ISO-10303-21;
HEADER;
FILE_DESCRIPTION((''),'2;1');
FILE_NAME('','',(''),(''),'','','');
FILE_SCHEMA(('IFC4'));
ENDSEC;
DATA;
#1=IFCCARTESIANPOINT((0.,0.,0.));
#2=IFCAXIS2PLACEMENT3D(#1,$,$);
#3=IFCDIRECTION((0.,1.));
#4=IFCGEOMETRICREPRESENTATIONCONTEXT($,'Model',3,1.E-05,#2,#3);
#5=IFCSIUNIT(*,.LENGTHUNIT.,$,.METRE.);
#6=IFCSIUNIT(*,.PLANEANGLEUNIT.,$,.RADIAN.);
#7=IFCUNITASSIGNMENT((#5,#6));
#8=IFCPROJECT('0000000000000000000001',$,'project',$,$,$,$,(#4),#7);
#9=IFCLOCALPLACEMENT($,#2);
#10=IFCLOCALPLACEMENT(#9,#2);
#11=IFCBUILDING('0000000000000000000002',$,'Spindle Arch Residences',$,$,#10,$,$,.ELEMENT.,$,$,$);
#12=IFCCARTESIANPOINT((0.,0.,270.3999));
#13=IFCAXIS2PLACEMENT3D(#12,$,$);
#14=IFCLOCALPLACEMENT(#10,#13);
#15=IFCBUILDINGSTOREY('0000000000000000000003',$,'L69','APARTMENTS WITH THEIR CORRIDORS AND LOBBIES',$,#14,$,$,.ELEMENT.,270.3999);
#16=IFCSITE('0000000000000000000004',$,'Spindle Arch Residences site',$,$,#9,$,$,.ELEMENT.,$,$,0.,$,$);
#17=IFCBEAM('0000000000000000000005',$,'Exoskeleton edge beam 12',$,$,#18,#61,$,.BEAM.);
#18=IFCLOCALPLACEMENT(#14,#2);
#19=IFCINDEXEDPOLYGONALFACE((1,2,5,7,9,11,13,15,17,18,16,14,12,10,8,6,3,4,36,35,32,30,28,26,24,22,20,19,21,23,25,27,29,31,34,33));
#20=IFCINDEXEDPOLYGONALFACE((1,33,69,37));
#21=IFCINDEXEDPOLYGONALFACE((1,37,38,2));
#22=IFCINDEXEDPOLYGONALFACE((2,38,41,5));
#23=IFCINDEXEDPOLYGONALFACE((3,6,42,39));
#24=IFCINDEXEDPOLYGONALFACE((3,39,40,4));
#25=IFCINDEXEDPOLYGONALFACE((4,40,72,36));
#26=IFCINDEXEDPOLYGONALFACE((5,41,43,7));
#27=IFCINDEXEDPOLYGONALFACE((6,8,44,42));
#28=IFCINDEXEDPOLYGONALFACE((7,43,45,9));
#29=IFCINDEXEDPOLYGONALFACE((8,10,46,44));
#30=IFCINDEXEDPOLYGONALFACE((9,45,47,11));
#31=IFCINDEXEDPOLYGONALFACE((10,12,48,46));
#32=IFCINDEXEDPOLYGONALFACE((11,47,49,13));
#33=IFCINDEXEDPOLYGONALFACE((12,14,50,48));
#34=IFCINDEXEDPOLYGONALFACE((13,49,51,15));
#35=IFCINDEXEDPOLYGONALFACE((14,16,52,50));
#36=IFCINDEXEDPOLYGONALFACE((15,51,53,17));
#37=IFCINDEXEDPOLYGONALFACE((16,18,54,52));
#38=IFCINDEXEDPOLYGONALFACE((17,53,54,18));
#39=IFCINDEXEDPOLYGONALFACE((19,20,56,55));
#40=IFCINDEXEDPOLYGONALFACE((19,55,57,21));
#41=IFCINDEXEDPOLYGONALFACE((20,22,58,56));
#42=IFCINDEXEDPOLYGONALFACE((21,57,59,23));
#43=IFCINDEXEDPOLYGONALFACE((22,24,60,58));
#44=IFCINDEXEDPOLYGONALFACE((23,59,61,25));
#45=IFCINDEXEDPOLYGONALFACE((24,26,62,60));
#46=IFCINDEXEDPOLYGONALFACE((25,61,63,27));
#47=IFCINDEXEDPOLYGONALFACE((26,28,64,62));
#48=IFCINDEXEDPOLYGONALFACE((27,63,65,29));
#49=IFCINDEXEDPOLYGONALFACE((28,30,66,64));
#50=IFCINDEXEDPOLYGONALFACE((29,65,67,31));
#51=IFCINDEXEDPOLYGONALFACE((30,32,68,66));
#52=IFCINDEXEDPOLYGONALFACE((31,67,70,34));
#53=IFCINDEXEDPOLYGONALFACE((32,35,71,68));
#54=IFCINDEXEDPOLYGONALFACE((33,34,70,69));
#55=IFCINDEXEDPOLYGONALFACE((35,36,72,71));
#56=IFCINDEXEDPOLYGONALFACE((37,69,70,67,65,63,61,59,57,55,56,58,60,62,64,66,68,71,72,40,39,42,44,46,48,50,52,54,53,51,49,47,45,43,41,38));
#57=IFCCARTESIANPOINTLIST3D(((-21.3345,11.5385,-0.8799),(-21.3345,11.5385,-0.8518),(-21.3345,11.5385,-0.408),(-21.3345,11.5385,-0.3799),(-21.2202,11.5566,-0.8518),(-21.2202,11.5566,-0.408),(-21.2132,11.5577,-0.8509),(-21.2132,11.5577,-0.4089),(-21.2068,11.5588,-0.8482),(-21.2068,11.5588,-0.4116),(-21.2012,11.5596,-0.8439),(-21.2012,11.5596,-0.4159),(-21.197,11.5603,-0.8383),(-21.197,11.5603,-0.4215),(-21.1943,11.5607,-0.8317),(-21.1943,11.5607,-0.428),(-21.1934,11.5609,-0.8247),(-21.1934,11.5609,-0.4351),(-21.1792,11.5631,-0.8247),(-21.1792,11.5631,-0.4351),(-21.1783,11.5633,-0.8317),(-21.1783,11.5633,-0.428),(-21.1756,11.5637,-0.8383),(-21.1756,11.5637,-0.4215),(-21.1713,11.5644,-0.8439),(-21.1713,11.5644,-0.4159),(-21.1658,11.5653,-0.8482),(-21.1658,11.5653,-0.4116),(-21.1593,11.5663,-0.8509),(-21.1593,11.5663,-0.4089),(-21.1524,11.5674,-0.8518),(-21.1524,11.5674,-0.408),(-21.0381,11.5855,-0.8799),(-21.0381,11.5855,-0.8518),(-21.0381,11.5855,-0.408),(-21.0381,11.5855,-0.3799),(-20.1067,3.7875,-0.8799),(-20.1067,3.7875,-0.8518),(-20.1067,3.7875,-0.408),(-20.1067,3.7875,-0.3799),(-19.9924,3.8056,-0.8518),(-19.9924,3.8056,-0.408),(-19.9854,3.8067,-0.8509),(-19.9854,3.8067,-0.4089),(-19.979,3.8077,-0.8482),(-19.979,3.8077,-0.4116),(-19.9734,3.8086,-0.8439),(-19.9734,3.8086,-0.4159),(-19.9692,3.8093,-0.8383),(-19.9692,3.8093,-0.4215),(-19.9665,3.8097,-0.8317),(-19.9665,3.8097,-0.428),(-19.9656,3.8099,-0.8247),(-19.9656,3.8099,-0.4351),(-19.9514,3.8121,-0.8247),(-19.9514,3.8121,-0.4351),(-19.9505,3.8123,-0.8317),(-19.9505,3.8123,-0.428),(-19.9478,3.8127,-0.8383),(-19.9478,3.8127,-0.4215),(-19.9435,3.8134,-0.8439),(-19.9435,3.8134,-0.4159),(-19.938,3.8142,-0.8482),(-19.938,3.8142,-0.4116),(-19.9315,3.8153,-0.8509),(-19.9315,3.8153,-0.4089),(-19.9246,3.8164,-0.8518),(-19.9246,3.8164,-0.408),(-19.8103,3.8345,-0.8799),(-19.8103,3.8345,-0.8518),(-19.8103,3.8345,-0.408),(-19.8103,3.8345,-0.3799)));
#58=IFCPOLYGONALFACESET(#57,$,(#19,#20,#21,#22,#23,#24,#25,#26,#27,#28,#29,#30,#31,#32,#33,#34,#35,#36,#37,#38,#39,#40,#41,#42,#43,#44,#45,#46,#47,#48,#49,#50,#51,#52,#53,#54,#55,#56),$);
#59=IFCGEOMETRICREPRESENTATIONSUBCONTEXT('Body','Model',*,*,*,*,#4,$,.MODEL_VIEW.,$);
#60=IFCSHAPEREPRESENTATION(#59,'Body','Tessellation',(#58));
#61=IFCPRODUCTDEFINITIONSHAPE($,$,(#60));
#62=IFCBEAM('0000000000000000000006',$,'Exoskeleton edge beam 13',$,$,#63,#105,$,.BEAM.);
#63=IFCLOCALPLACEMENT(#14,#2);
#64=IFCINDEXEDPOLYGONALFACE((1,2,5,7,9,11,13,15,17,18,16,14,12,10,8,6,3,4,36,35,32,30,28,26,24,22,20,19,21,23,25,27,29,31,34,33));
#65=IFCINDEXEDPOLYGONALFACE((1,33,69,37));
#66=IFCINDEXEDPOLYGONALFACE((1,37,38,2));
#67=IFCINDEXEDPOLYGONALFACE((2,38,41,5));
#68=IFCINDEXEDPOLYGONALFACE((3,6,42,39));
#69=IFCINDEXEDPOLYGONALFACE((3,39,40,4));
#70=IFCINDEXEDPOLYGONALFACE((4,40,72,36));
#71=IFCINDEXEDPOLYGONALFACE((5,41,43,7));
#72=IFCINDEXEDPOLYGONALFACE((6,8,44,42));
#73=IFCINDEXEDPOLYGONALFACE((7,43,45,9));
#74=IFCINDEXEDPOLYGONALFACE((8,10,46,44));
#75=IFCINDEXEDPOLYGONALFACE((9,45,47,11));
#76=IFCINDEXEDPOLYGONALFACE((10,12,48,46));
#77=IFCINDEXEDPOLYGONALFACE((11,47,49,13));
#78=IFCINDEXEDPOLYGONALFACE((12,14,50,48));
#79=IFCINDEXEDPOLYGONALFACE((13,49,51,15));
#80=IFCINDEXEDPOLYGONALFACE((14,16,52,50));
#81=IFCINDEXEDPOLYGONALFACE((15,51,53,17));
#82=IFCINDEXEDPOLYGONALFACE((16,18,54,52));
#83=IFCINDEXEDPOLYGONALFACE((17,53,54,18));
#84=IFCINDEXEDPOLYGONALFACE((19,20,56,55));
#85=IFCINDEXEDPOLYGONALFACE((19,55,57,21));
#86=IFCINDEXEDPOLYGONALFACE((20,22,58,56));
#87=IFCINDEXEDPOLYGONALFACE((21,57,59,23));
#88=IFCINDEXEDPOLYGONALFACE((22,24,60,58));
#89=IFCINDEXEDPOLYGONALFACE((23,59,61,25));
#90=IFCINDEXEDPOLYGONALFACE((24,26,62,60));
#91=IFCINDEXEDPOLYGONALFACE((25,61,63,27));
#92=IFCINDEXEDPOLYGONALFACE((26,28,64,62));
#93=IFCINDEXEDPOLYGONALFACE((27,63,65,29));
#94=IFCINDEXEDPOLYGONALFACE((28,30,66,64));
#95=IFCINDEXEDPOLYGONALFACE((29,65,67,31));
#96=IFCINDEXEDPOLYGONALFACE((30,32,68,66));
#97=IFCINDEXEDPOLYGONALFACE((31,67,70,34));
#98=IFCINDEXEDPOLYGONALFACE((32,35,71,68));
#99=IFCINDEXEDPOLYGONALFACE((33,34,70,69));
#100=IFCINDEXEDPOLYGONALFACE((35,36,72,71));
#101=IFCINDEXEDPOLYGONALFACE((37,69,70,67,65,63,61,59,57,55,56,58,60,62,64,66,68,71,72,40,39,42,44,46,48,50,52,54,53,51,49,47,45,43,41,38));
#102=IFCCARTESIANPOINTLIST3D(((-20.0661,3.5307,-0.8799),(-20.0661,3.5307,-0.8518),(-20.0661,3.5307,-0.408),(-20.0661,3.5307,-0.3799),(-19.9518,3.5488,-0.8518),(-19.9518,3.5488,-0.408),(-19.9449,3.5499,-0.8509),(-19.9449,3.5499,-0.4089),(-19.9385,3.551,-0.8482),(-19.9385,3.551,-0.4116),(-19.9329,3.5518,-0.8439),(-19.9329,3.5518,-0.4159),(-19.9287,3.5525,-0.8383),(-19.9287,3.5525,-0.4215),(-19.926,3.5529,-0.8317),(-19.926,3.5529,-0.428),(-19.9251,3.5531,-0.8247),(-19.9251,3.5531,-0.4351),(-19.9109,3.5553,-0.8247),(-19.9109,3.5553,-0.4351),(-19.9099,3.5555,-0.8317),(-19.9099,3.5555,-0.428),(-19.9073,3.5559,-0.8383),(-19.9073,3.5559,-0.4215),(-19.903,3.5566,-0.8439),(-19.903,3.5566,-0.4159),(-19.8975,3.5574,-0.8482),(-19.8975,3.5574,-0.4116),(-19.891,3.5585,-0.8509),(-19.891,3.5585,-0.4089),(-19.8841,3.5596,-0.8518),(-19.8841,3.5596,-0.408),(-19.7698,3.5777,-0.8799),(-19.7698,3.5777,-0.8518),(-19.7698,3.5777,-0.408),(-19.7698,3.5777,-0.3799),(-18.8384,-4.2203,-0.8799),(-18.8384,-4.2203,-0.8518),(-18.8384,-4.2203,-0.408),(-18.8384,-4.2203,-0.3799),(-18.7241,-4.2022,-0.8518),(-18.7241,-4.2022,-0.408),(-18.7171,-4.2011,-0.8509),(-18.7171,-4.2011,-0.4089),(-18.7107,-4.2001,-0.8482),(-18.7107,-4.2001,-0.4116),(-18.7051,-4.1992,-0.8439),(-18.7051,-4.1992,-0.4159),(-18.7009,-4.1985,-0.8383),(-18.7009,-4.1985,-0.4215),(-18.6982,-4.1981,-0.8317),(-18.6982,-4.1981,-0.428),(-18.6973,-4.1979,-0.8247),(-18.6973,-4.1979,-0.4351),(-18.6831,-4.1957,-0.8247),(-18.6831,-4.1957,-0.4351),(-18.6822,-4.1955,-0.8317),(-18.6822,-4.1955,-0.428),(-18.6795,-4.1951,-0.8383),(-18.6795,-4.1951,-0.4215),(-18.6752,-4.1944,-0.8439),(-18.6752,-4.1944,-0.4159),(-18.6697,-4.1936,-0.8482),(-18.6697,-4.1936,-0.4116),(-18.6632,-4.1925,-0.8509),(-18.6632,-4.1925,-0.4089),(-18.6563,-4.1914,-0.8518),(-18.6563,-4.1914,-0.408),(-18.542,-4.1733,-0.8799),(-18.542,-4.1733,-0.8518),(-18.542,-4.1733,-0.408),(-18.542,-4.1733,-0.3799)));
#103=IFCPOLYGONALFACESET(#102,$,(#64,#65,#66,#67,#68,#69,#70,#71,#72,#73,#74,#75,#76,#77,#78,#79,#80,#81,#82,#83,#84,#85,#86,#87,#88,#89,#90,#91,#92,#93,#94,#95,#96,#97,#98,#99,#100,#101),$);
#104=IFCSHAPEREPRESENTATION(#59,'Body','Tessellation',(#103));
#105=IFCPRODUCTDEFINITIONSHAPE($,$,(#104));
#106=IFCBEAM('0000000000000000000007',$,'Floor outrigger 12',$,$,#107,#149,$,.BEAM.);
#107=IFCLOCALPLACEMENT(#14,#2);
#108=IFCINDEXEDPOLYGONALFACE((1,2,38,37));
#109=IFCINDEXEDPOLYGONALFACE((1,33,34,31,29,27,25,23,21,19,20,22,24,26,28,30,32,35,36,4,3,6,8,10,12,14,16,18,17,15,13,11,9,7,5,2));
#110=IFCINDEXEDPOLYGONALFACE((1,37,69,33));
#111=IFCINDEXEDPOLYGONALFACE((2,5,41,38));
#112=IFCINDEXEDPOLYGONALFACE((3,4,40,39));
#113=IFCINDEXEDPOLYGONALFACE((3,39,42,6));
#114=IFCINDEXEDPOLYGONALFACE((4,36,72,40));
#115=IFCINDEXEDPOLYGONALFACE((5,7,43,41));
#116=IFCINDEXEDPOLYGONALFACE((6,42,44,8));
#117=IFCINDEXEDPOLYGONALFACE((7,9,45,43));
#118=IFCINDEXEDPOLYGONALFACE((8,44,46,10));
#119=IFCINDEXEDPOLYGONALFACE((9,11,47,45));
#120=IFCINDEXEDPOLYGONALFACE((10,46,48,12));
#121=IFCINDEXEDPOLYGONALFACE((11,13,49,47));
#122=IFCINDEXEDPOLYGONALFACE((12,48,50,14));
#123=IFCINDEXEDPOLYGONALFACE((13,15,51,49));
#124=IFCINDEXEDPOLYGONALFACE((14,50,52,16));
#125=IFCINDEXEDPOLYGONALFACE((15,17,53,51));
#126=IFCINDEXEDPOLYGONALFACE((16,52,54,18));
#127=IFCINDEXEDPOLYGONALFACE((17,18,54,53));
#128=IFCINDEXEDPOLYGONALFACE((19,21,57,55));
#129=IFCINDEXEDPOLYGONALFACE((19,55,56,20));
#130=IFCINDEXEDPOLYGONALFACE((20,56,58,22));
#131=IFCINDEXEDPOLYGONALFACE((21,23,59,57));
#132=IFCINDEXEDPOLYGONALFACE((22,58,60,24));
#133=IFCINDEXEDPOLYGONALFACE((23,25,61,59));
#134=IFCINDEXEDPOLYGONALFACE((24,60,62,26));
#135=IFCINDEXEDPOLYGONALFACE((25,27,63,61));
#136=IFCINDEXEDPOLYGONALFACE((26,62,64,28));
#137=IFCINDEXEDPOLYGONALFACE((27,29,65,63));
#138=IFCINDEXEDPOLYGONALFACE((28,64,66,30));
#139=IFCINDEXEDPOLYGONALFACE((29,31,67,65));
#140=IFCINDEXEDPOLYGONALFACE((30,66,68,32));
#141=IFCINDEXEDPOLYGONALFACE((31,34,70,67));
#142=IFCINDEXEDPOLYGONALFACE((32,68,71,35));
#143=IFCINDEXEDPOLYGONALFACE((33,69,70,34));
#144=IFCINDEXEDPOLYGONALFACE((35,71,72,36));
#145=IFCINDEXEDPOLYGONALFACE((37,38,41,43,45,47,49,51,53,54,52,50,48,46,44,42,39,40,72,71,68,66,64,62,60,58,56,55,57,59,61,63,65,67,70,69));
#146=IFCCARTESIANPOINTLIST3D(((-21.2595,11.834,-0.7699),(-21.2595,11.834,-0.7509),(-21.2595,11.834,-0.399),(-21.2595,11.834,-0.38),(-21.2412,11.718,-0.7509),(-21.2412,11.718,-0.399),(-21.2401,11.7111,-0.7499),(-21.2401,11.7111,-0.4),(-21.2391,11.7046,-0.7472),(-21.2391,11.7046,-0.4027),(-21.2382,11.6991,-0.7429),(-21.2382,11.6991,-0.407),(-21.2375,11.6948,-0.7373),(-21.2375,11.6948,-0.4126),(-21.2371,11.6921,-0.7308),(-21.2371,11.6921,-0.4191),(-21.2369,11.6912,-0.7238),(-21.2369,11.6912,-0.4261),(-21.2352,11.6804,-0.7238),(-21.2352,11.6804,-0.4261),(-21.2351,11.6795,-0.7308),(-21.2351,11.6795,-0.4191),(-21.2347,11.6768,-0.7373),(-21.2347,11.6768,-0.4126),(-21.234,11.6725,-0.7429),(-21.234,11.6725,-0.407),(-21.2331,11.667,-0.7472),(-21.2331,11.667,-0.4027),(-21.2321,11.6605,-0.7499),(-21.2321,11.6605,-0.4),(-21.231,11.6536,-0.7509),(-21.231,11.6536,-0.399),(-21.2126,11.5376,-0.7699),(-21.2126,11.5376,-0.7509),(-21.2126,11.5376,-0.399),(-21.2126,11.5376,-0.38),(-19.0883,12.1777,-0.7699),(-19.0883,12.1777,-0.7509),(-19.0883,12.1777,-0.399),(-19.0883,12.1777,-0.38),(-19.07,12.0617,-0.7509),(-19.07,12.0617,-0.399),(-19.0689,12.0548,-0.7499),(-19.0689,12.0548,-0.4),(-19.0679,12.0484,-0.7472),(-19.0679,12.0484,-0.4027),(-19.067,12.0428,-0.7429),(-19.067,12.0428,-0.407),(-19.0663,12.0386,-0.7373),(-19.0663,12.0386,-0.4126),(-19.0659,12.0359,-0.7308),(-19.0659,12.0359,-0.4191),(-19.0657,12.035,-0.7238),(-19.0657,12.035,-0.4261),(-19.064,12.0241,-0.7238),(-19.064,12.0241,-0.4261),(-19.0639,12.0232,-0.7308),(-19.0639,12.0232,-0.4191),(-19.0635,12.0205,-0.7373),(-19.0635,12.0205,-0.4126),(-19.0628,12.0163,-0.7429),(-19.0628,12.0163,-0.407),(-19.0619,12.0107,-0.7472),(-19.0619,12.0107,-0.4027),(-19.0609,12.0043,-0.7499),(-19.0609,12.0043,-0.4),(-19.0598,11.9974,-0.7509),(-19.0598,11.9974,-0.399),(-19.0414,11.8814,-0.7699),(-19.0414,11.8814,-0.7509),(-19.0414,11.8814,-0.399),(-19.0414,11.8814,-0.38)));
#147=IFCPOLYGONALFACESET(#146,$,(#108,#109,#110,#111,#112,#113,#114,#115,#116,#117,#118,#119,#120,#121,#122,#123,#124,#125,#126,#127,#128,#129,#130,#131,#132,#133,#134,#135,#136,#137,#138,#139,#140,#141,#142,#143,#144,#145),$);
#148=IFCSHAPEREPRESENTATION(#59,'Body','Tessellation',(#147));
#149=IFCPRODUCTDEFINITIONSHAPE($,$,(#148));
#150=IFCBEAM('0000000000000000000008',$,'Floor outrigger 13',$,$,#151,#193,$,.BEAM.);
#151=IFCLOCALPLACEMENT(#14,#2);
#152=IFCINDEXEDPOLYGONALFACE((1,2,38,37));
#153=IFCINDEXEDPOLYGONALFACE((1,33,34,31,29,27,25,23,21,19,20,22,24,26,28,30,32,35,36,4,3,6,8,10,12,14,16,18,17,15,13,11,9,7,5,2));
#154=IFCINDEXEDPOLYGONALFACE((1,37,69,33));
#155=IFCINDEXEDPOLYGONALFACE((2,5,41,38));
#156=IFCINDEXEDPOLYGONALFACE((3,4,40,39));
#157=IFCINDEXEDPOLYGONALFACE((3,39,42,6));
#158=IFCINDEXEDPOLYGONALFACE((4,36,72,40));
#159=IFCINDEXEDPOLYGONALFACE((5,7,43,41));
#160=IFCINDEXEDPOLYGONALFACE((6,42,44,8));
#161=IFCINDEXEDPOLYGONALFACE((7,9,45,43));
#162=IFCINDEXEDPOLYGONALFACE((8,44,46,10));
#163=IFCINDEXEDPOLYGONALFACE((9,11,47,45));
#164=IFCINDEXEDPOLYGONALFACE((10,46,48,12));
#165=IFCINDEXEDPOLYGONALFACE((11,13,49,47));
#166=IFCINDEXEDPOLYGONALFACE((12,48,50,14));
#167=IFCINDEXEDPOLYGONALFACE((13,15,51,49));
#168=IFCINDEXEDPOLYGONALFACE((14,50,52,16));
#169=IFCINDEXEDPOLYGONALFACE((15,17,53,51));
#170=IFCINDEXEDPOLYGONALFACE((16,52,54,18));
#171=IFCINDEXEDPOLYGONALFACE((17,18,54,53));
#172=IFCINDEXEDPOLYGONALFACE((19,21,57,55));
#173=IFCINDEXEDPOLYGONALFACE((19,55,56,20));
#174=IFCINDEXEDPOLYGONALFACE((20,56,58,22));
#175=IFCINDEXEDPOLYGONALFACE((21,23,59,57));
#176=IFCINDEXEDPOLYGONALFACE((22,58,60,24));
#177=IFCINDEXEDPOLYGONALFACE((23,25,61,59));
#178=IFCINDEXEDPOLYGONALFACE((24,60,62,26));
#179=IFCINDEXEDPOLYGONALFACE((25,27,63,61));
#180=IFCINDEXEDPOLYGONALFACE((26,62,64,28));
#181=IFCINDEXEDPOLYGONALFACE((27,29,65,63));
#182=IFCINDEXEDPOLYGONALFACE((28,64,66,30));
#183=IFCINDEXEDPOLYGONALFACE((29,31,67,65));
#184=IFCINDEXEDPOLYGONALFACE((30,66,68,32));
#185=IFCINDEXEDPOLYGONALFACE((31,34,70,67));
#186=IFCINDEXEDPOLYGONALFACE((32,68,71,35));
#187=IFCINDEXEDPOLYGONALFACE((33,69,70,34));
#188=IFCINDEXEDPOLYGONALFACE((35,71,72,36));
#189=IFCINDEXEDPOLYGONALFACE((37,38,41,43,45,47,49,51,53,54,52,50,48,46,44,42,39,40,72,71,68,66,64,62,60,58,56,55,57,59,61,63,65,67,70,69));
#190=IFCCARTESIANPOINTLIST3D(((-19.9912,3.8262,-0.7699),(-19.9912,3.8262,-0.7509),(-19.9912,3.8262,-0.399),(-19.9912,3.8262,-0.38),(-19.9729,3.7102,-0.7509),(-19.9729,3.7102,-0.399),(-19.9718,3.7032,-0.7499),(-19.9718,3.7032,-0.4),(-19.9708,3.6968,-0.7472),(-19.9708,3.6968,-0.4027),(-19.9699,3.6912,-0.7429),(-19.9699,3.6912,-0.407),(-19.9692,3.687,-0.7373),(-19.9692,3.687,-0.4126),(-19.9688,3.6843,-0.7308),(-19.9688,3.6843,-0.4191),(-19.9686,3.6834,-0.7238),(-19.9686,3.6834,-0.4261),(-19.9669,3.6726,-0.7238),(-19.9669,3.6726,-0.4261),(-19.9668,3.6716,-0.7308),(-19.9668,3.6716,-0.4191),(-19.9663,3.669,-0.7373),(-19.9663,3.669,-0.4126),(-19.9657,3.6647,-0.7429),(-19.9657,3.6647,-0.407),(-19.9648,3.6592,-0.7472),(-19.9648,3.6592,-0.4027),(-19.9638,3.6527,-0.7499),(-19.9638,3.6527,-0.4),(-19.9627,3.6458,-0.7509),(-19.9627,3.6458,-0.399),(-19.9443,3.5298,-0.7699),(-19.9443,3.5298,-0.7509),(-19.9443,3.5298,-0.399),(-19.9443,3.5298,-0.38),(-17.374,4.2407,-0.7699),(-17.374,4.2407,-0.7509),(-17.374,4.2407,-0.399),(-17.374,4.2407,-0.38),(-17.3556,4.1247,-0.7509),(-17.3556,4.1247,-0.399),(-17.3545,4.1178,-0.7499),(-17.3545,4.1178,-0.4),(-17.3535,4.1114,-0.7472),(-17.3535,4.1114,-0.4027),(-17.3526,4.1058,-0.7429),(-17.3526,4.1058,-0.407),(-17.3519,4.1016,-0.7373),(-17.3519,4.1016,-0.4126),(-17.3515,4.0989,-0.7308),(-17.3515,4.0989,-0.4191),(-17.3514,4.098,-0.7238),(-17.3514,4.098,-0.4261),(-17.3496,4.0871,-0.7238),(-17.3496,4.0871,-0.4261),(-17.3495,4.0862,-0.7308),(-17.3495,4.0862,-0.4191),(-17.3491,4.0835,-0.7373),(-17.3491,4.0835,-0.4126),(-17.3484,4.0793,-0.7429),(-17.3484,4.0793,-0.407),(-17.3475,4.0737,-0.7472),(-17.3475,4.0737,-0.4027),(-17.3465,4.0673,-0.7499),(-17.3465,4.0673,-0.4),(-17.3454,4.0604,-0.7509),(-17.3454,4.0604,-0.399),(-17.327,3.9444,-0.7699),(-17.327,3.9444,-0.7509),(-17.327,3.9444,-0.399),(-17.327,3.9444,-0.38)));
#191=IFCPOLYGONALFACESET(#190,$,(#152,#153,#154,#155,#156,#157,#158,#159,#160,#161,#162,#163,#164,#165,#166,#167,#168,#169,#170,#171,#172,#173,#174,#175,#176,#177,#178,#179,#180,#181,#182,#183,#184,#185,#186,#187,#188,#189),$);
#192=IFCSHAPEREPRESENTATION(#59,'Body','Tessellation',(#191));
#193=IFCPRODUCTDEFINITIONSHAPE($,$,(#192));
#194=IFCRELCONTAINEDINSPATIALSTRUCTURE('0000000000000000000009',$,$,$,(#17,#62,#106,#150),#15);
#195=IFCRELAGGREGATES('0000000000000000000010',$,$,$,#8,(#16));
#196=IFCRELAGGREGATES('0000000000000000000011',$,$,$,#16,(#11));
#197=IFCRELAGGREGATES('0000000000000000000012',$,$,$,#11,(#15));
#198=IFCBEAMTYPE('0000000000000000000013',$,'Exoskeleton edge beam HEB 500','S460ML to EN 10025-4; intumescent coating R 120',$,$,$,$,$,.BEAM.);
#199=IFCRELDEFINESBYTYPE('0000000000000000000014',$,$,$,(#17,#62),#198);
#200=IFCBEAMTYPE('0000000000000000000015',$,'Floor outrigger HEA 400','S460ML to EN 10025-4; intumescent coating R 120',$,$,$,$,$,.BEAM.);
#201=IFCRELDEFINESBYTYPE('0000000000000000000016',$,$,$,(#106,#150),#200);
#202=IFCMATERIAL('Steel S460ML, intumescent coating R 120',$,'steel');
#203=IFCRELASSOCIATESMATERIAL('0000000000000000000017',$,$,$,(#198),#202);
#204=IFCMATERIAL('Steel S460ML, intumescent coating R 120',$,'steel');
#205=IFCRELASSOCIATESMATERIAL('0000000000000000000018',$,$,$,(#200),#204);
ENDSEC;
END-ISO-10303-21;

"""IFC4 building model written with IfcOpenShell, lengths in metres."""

from ifc_helpers import new_model, si_unit, direction, frame, origin, origin_2d, place, context, subcontext, project, spatial, i_section, extrude, material, material_profile, profile_set, type_object, element, save


model = new_model("IFC4")

# Units and contexts
model_context = context("Model", 3, precision=1e-05, world=origin(), true_north=direction((0.0, 1.0)))
body_context = subcontext(model_context, "Body", "Model", "MODEL_VIEW")
ifc_project = project(units=[si_unit("LENGTHUNIT", "METRE"), si_unit("PLANEANGLEUNIT", "RADIAN")], contexts=[model_context])

# Site, building, storey
site_placement = place(None, origin())
site = spatial("IfcSite", under=ifc_project, at=site_placement, Name="Spindle Arch Residences site", CompositionType="ELEMENT", RefElevation=0.0)
building_placement = place(site_placement, origin())
building = spatial("IfcBuilding", under=site, at=building_placement, Name="Spindle Arch Residences", CompositionType="ELEMENT")
storey_placement = place(building_placement, frame((0.0, 0.0, 270.3999)))
storey = spatial("IfcBuildingStorey", under=building, at=storey_placement, Name="L69", Description="APARTMENTS WITH THEIR CORRIDORS AND LOBBIES", CompositionType="ELEMENT", Elevation=270.3999)

# Beams
ifc_material_1 = material(Name="Steel S460ML, intumescent coating R 120", Category="steel")
ifc_material_profile_1 = material_profile(ifc_material_1, i_section(OverallWidth=0.3, OverallDepth=0.5, WebThickness=0.0144, FlangeThickness=0.0281, FilletRadius=0.0271, at=origin_2d()), Name="HEB 500")
ifc_profile_set_1 = profile_set([ifc_material_profile_1], Name="Steel S460ML, intumescent coating R 120")
beam_type_1 = type_object("IfcBeamType", Name="Exoskeleton edge beam HEB 500", Description="S460ML to EN 10025-4; intumescent coating R 120", PredefinedType="BEAM", material=ifc_profile_set_1)
for number, where, z_axis, x_axis, name in (
    (1, (-21.1863, 11.562, -0.6299), (0.156453, -0.987685, 0.0), (0.987685, 0.156453, 0.0), "Exoskeleton edge beam 12"),
    (2, (-19.918, 3.5542, -0.6299), (0.156453, -0.987685, 0.0), (0.987685, 0.156453, 0.0), "Exoskeleton edge beam 13"),
):
    element("IfcBeam", number, at=place(storey_placement, frame(where, z_axis=z_axis, x_axis=x_axis)), inside=storey, type_object=beam_type_1, Name=name, PredefinedType="BEAM", context=body_context, shape_type="SweptSolid", body=[
        extrude(i_section(OverallWidth=0.3, OverallDepth=0.5, WebThickness=0.0144, FlangeThickness=0.0281, FilletRadius=0.0271, at=origin_2d()), origin(), (0.0, 0.0, 1.0), 7.8477),
    ])
ifc_material_2 = material(Name="Steel S460ML, intumescent coating R 120", Category="steel")
ifc_material_profile_2 = material_profile(ifc_material_2, i_section(OverallWidth=0.3, OverallDepth=0.3899, WebThickness=0.011, FlangeThickness=0.019, FilletRadius=0.0271, at=origin_2d()), Name="HEA 400")
ifc_profile_set_2 = profile_set([ifc_material_profile_2], Name="Steel S460ML, intumescent coating R 120")
beam_type_2 = type_object("IfcBeamType", Name="Floor outrigger HEA 400", Description="S460ML to EN 10025-4; intumescent coating R 120", PredefinedType="BEAM", material=ifc_profile_set_2)
beam_1_placement = place(storey_placement, frame((-21.2361, 11.6858, -0.575), z_axis=(0.987697, 0.156379, 0.0), x_axis=(-0.156379, 0.987697, 0.0)))
element("IfcBeam", 3, at=beam_1_placement, inside=storey, type_object=beam_type_2, Name="Floor outrigger 12", PredefinedType="BEAM", context=body_context, shape_type="SweptSolid", body=[
    extrude(i_section(OverallWidth=0.3, OverallDepth=0.3899, WebThickness=0.011, FlangeThickness=0.019, FilletRadius=0.0271, at=origin_2d()), origin(), (0.0, 0.0, 1.0), 2.1982),
])
beam_2_placement = place(storey_placement, frame((-19.9678, 3.678, -0.575), z_axis=(0.987687, 0.156445, 0.0), x_axis=(-0.156445, 0.987687, 0.0)))
element("IfcBeam", 4, at=beam_2_placement, inside=storey, type_object=beam_type_2, Name="Floor outrigger 13", PredefinedType="BEAM", context=body_context, shape_type="SweptSolid", body=[
    extrude(i_section(OverallWidth=0.3, OverallDepth=0.3899, WebThickness=0.011, FlangeThickness=0.019, FilletRadius=0.0271, at=origin_2d()), origin(), (0.0, 0.0, 1.0), 2.6499),
])

save(model, "model.ifc")
